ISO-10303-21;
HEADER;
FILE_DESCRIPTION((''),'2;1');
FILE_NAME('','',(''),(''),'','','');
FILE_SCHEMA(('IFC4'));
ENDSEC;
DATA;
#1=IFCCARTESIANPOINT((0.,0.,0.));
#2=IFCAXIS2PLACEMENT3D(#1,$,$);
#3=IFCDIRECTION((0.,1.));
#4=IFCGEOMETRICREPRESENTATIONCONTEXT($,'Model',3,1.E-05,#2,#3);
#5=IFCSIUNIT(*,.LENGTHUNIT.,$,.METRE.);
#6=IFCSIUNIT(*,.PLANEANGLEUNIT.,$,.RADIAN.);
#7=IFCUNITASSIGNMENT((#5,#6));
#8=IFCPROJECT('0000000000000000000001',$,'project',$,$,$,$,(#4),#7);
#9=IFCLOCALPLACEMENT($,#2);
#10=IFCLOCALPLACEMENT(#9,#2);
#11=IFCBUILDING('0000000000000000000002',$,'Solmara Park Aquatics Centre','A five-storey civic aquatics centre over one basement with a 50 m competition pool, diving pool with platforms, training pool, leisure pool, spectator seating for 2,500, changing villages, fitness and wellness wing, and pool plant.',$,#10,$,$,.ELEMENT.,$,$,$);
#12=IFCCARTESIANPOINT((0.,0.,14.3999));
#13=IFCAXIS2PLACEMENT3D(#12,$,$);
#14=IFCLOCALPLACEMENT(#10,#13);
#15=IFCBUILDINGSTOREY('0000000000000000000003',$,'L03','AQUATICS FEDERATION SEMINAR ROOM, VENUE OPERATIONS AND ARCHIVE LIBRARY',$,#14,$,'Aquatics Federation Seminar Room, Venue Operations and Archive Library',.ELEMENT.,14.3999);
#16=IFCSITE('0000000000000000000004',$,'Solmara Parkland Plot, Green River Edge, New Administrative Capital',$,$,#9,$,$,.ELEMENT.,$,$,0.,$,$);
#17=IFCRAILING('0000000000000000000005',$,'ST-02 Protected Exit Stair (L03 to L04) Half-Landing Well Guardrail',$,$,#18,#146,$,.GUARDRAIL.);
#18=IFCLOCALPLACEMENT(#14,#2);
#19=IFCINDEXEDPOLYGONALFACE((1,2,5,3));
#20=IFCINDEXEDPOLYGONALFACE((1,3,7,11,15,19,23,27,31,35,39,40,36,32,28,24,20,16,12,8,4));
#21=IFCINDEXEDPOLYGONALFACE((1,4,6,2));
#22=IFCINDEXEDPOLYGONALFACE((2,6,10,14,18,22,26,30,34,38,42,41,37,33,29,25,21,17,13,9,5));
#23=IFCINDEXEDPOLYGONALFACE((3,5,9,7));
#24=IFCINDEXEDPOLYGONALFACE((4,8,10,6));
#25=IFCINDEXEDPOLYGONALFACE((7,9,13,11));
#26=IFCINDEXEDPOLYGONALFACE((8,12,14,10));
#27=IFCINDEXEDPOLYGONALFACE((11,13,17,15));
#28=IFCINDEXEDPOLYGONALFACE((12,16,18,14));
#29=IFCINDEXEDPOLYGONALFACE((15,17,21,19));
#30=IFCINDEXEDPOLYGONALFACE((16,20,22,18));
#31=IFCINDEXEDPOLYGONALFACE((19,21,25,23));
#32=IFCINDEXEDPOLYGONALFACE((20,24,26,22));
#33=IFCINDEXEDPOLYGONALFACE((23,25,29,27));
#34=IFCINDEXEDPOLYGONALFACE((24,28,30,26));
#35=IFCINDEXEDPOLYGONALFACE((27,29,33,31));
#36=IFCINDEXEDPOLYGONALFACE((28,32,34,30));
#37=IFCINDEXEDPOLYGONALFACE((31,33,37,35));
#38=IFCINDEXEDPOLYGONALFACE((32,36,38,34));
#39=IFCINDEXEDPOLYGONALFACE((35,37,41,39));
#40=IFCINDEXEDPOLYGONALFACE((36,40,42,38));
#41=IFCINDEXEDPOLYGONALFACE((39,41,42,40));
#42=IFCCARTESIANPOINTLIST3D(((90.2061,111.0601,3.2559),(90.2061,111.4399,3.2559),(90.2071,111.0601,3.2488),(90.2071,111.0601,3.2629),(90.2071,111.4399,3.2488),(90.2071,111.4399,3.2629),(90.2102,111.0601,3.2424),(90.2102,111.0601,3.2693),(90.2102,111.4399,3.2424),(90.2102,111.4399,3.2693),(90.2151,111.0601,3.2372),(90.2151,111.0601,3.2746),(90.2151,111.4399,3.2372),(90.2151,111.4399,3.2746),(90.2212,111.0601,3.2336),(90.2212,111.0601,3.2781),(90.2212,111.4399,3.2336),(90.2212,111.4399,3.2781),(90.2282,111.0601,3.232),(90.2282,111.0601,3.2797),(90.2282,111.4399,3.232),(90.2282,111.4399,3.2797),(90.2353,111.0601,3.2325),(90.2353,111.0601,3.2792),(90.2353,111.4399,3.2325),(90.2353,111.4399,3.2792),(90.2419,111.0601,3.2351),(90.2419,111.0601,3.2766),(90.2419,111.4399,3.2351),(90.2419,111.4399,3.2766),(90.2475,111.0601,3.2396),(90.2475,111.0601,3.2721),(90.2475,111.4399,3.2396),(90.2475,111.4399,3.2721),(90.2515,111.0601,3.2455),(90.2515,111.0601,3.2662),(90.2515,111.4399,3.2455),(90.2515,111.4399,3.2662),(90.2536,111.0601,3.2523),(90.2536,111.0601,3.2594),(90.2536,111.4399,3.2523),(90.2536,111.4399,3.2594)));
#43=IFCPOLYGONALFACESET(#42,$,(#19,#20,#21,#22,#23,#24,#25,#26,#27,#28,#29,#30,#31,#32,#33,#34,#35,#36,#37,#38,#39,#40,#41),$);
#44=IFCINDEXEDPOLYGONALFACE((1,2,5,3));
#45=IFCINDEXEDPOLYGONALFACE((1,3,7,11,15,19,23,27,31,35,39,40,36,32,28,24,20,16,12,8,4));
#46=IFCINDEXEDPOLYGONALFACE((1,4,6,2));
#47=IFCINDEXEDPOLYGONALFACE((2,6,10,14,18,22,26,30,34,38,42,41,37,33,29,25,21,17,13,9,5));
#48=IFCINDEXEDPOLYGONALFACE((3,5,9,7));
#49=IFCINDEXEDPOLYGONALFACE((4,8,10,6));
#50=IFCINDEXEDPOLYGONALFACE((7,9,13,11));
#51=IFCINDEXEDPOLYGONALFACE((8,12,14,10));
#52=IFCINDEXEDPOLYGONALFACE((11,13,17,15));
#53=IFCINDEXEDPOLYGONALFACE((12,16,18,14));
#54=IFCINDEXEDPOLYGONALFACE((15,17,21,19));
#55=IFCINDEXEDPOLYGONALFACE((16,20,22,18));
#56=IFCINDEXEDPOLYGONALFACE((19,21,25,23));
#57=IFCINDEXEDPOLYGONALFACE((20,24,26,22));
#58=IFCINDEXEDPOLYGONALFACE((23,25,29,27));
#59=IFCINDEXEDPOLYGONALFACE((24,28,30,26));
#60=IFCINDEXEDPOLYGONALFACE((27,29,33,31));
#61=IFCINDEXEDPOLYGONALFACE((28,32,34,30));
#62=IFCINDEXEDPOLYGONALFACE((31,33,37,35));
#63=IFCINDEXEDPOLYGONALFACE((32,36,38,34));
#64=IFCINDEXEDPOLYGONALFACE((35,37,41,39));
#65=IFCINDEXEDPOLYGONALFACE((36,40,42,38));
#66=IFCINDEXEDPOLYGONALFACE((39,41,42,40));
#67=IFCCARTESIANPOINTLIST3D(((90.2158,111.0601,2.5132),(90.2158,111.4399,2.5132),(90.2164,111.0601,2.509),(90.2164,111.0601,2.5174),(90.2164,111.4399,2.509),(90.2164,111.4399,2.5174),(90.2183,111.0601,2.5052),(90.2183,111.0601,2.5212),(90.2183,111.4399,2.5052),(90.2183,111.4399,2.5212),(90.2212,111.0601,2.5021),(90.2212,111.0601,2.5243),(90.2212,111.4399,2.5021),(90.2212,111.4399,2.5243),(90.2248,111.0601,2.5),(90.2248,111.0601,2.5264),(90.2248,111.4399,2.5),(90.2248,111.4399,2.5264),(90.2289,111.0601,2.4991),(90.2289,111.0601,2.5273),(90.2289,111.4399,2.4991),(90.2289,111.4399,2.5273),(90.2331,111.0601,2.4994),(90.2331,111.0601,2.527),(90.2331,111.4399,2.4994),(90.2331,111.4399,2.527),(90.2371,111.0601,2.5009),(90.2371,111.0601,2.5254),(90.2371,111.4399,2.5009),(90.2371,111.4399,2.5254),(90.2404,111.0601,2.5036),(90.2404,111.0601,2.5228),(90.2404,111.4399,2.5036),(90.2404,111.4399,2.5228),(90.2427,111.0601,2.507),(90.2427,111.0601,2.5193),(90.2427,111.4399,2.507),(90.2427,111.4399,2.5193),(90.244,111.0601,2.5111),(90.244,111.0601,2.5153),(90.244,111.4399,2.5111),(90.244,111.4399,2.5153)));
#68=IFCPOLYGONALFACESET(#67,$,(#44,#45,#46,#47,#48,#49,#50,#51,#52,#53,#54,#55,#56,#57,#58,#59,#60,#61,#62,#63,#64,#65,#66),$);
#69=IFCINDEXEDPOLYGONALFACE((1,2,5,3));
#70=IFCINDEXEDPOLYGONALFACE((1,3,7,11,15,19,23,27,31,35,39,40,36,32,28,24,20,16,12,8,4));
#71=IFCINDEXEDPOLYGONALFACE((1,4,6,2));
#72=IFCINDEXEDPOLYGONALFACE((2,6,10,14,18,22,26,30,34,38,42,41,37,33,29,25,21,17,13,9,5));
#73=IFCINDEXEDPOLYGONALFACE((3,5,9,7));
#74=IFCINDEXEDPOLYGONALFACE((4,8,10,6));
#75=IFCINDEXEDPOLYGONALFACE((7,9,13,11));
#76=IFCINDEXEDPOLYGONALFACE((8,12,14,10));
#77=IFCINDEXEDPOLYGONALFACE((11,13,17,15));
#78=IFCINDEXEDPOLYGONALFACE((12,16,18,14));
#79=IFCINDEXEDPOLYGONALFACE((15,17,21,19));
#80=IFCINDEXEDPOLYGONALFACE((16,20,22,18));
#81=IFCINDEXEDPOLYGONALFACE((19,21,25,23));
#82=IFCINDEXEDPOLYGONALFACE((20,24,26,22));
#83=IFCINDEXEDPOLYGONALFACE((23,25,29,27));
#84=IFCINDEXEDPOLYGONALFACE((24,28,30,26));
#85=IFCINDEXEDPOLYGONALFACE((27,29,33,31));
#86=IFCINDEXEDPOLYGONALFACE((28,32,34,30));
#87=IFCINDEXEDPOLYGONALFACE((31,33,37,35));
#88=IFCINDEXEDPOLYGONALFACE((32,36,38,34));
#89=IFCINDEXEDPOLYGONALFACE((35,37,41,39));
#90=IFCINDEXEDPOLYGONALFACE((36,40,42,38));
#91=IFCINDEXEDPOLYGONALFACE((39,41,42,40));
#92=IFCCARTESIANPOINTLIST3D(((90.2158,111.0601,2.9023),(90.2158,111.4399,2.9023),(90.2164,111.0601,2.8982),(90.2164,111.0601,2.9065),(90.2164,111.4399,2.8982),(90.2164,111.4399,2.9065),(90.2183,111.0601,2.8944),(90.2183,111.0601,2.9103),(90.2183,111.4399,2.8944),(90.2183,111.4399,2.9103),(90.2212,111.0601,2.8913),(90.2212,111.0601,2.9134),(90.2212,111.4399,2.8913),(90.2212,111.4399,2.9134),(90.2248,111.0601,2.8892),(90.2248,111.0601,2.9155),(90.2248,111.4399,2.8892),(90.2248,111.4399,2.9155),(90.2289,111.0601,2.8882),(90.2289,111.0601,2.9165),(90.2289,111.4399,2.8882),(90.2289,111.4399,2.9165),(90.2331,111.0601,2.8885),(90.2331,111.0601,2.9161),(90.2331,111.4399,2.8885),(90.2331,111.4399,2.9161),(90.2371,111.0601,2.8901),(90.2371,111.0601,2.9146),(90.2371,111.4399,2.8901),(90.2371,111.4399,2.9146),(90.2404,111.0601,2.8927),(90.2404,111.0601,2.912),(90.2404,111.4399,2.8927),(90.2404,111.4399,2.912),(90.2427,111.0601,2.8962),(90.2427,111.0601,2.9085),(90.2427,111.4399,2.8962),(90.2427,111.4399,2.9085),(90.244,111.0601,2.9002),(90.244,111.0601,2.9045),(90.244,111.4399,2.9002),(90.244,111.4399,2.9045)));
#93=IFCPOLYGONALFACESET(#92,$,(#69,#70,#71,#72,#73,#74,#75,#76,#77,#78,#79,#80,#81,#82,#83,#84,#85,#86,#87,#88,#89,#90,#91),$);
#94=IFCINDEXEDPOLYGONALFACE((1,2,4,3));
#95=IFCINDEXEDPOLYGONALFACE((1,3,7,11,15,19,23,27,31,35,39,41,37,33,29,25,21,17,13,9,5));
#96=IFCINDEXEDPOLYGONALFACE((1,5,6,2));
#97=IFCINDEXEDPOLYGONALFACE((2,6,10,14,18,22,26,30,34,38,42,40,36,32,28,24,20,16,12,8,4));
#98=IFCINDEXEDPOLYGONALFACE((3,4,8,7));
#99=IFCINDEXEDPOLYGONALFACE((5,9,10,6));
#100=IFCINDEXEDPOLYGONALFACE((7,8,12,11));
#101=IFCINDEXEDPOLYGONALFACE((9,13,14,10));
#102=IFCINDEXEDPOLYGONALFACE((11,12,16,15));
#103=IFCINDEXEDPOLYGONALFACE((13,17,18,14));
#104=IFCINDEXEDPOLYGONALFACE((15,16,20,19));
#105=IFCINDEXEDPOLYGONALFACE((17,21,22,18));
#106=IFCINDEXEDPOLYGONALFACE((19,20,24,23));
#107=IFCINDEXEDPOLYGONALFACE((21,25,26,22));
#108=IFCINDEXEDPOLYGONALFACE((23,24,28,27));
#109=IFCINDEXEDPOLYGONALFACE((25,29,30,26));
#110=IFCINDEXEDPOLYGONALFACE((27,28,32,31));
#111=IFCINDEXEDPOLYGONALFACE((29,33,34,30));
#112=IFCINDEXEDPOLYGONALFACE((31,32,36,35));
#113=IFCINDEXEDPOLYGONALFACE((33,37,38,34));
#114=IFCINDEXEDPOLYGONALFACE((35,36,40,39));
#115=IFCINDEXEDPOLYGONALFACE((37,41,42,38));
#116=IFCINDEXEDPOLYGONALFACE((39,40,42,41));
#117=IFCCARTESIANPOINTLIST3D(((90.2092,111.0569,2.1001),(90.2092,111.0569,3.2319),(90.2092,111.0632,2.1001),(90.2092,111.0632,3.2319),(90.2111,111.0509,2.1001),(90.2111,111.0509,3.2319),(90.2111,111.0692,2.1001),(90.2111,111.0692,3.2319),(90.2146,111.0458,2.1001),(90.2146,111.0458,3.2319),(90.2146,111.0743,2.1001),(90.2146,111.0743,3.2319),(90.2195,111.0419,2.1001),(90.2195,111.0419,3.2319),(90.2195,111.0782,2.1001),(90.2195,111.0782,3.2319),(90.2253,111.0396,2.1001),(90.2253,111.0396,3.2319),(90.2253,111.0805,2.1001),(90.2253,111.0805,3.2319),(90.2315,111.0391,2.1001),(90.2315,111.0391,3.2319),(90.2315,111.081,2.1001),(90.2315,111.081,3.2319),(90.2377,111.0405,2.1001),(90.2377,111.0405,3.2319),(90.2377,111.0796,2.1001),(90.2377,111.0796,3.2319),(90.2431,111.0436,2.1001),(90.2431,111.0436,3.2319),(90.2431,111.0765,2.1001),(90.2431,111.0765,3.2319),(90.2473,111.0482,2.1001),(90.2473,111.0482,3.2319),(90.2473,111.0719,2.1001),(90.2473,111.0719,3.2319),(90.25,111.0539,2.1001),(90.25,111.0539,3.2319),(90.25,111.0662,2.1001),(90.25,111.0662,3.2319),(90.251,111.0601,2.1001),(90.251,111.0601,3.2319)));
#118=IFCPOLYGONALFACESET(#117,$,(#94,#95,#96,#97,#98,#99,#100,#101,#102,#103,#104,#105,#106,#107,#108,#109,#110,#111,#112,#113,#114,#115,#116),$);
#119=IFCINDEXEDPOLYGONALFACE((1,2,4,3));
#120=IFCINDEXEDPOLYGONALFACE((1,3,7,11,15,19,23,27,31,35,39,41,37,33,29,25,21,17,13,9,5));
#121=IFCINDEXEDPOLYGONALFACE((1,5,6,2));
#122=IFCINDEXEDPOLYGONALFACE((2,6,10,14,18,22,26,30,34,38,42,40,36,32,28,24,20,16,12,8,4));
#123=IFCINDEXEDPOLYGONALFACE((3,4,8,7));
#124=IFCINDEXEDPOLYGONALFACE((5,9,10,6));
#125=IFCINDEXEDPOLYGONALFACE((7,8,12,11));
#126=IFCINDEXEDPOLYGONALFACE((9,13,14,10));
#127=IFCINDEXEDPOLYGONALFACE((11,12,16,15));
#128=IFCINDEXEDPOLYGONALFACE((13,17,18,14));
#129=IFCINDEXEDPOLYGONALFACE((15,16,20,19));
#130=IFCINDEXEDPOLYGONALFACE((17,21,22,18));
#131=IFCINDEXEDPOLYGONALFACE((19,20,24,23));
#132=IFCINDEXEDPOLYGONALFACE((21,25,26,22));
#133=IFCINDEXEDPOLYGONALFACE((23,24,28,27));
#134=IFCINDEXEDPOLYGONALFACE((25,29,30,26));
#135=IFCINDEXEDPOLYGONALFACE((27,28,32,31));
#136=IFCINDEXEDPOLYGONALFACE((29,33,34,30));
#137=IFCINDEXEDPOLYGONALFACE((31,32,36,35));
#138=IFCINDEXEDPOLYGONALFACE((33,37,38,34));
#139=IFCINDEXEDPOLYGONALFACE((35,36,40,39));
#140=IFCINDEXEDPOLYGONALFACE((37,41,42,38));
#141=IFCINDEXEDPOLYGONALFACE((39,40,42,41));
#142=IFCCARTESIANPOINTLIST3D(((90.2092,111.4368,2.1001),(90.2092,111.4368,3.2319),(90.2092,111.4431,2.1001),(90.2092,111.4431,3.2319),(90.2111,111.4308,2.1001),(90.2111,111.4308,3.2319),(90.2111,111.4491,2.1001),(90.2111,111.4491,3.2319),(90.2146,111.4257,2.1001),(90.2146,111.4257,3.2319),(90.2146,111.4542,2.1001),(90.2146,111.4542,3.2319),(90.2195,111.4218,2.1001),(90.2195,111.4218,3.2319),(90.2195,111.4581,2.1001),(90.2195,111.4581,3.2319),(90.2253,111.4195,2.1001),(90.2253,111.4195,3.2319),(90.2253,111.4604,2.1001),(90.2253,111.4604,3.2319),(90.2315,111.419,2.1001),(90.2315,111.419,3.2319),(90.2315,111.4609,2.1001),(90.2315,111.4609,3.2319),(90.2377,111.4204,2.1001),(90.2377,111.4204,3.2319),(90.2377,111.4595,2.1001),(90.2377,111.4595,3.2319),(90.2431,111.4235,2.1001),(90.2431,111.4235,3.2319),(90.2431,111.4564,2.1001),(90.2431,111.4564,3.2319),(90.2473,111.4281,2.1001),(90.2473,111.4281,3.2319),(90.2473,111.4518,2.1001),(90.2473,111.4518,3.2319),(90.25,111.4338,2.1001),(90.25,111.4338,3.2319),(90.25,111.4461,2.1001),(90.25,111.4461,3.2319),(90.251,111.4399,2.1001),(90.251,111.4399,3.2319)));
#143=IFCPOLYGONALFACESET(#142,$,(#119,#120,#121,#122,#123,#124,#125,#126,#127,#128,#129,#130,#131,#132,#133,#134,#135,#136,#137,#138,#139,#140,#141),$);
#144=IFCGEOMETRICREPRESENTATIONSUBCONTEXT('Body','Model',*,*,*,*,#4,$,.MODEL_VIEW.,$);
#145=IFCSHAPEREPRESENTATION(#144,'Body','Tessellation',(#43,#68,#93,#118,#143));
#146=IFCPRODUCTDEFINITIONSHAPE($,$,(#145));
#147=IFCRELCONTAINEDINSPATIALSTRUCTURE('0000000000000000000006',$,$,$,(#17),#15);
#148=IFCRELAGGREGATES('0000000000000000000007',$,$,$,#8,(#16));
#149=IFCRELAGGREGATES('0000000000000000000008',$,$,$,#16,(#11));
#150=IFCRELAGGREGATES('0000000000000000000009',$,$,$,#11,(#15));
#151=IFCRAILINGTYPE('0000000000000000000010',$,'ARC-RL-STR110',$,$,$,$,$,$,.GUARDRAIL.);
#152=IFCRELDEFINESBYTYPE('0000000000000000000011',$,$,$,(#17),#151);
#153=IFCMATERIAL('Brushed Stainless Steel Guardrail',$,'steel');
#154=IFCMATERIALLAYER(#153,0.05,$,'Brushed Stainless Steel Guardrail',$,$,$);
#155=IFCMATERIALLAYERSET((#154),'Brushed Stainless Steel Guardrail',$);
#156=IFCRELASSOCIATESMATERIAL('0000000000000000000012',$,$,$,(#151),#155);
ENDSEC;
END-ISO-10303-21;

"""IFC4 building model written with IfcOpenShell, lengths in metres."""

from ifc_helpers import new_model, si_unit, direction, frame, origin, origin_2d, place, context, subcontext, project, spatial, circle, extrude, material, layer, layer_set, type_object, element, save


model = new_model("IFC4")

# Units and contexts
model_context = context("Model", 3, precision=1e-05, world=origin(), true_north=direction((0.0, 1.0)))
body_context = subcontext(model_context, "Body", "Model", "MODEL_VIEW")
ifc_project = project(units=[si_unit("LENGTHUNIT", "METRE"), si_unit("PLANEANGLEUNIT", "RADIAN")], contexts=[model_context])

# Site, building, storey
site_placement = place(None, origin())
site = spatial("IfcSite", under=ifc_project, at=site_placement, Name="Solmara Parkland Plot, Green River Edge, New Administrative Capital", CompositionType="ELEMENT", RefElevation=0.0)
building_placement = place(site_placement, origin())
building = spatial("IfcBuilding", under=site, at=building_placement, Name="Solmara Park Aquatics Centre", Description="A five-storey civic aquatics centre over one basement with a 50 m competition pool, diving pool with platforms, training pool, leisure pool, spectator seating for 2,500, changing villages, fitness and wellness wing, and pool plant.", CompositionType="ELEMENT")
storey_placement = place(building_placement, frame((0.0, 0.0, 14.3999)))
storey = spatial("IfcBuildingStorey", under=building, at=storey_placement, Name="L03", Description="AQUATICS FEDERATION SEMINAR ROOM, VENUE OPERATIONS AND ARCHIVE LIBRARY", LongName="Aquatics Federation Seminar Room, Venue Operations and Archive Library", CompositionType="ELEMENT", Elevation=14.3999)

# Railing
ifc_material_1 = material(Name="Brushed Stainless Steel Guardrail", Category="steel")
ifc_layer_1 = layer(ifc_material_1, 0.05, Name="Brushed Stainless Steel Guardrail")
ifc_layer_set_1 = layer_set([ifc_layer_1], Name="Brushed Stainless Steel Guardrail")
railing_type_1 = type_object("IfcRailingType", Name="ARC-RL-STR110", PredefinedType="GUARDRAIL", material=ifc_layer_set_1)
railing_1_placement = place(storey_placement, frame((90.23, 111.0601, 2.1001)))
element("IfcRailing", 1, at=railing_1_placement, inside=storey, type_object=railing_type_1, Name="ST-02 Protected Exit Stair (L03 to L04) Half-Landing Well Guardrail", PredefinedType="GUARDRAIL", context=body_context, shape_type="SweptSolid", body=[
    extrude(circle(Radius=0.0239, at=origin_2d()), frame((0.0, 0.0, 1.1558), z_axis=(0.0, 1.0, 0.0), x_axis=(-1.0, 0.0, 0.0)), (0.0, 0.0, 1.0), 0.3799),
    extrude(circle(Radius=0.0142, at=origin_2d()), frame((0.0, 0.0, 0.4131), z_axis=(0.0, 1.0, 0.0), x_axis=(-1.0, 0.0, 0.0)), (0.0, 0.0, 1.0), 0.3799),
    extrude(circle(Radius=0.0142, at=origin_2d()), frame((0.0, 0.0, 0.8022), z_axis=(0.0, 1.0, 0.0), x_axis=(-1.0, 0.0, 0.0)), (0.0, 0.0, 1.0), 0.3799),
    extrude(circle(Radius=0.021, at=origin_2d()), origin(), (0.0, 0.0, 1.0), 1.1318),
    extrude(circle(Radius=0.021, at=origin_2d()), frame((0.0, 0.3799, 0.0)), (0.0, 0.0, 1.0), 1.1318),
])

save(model, "model.ifc")
